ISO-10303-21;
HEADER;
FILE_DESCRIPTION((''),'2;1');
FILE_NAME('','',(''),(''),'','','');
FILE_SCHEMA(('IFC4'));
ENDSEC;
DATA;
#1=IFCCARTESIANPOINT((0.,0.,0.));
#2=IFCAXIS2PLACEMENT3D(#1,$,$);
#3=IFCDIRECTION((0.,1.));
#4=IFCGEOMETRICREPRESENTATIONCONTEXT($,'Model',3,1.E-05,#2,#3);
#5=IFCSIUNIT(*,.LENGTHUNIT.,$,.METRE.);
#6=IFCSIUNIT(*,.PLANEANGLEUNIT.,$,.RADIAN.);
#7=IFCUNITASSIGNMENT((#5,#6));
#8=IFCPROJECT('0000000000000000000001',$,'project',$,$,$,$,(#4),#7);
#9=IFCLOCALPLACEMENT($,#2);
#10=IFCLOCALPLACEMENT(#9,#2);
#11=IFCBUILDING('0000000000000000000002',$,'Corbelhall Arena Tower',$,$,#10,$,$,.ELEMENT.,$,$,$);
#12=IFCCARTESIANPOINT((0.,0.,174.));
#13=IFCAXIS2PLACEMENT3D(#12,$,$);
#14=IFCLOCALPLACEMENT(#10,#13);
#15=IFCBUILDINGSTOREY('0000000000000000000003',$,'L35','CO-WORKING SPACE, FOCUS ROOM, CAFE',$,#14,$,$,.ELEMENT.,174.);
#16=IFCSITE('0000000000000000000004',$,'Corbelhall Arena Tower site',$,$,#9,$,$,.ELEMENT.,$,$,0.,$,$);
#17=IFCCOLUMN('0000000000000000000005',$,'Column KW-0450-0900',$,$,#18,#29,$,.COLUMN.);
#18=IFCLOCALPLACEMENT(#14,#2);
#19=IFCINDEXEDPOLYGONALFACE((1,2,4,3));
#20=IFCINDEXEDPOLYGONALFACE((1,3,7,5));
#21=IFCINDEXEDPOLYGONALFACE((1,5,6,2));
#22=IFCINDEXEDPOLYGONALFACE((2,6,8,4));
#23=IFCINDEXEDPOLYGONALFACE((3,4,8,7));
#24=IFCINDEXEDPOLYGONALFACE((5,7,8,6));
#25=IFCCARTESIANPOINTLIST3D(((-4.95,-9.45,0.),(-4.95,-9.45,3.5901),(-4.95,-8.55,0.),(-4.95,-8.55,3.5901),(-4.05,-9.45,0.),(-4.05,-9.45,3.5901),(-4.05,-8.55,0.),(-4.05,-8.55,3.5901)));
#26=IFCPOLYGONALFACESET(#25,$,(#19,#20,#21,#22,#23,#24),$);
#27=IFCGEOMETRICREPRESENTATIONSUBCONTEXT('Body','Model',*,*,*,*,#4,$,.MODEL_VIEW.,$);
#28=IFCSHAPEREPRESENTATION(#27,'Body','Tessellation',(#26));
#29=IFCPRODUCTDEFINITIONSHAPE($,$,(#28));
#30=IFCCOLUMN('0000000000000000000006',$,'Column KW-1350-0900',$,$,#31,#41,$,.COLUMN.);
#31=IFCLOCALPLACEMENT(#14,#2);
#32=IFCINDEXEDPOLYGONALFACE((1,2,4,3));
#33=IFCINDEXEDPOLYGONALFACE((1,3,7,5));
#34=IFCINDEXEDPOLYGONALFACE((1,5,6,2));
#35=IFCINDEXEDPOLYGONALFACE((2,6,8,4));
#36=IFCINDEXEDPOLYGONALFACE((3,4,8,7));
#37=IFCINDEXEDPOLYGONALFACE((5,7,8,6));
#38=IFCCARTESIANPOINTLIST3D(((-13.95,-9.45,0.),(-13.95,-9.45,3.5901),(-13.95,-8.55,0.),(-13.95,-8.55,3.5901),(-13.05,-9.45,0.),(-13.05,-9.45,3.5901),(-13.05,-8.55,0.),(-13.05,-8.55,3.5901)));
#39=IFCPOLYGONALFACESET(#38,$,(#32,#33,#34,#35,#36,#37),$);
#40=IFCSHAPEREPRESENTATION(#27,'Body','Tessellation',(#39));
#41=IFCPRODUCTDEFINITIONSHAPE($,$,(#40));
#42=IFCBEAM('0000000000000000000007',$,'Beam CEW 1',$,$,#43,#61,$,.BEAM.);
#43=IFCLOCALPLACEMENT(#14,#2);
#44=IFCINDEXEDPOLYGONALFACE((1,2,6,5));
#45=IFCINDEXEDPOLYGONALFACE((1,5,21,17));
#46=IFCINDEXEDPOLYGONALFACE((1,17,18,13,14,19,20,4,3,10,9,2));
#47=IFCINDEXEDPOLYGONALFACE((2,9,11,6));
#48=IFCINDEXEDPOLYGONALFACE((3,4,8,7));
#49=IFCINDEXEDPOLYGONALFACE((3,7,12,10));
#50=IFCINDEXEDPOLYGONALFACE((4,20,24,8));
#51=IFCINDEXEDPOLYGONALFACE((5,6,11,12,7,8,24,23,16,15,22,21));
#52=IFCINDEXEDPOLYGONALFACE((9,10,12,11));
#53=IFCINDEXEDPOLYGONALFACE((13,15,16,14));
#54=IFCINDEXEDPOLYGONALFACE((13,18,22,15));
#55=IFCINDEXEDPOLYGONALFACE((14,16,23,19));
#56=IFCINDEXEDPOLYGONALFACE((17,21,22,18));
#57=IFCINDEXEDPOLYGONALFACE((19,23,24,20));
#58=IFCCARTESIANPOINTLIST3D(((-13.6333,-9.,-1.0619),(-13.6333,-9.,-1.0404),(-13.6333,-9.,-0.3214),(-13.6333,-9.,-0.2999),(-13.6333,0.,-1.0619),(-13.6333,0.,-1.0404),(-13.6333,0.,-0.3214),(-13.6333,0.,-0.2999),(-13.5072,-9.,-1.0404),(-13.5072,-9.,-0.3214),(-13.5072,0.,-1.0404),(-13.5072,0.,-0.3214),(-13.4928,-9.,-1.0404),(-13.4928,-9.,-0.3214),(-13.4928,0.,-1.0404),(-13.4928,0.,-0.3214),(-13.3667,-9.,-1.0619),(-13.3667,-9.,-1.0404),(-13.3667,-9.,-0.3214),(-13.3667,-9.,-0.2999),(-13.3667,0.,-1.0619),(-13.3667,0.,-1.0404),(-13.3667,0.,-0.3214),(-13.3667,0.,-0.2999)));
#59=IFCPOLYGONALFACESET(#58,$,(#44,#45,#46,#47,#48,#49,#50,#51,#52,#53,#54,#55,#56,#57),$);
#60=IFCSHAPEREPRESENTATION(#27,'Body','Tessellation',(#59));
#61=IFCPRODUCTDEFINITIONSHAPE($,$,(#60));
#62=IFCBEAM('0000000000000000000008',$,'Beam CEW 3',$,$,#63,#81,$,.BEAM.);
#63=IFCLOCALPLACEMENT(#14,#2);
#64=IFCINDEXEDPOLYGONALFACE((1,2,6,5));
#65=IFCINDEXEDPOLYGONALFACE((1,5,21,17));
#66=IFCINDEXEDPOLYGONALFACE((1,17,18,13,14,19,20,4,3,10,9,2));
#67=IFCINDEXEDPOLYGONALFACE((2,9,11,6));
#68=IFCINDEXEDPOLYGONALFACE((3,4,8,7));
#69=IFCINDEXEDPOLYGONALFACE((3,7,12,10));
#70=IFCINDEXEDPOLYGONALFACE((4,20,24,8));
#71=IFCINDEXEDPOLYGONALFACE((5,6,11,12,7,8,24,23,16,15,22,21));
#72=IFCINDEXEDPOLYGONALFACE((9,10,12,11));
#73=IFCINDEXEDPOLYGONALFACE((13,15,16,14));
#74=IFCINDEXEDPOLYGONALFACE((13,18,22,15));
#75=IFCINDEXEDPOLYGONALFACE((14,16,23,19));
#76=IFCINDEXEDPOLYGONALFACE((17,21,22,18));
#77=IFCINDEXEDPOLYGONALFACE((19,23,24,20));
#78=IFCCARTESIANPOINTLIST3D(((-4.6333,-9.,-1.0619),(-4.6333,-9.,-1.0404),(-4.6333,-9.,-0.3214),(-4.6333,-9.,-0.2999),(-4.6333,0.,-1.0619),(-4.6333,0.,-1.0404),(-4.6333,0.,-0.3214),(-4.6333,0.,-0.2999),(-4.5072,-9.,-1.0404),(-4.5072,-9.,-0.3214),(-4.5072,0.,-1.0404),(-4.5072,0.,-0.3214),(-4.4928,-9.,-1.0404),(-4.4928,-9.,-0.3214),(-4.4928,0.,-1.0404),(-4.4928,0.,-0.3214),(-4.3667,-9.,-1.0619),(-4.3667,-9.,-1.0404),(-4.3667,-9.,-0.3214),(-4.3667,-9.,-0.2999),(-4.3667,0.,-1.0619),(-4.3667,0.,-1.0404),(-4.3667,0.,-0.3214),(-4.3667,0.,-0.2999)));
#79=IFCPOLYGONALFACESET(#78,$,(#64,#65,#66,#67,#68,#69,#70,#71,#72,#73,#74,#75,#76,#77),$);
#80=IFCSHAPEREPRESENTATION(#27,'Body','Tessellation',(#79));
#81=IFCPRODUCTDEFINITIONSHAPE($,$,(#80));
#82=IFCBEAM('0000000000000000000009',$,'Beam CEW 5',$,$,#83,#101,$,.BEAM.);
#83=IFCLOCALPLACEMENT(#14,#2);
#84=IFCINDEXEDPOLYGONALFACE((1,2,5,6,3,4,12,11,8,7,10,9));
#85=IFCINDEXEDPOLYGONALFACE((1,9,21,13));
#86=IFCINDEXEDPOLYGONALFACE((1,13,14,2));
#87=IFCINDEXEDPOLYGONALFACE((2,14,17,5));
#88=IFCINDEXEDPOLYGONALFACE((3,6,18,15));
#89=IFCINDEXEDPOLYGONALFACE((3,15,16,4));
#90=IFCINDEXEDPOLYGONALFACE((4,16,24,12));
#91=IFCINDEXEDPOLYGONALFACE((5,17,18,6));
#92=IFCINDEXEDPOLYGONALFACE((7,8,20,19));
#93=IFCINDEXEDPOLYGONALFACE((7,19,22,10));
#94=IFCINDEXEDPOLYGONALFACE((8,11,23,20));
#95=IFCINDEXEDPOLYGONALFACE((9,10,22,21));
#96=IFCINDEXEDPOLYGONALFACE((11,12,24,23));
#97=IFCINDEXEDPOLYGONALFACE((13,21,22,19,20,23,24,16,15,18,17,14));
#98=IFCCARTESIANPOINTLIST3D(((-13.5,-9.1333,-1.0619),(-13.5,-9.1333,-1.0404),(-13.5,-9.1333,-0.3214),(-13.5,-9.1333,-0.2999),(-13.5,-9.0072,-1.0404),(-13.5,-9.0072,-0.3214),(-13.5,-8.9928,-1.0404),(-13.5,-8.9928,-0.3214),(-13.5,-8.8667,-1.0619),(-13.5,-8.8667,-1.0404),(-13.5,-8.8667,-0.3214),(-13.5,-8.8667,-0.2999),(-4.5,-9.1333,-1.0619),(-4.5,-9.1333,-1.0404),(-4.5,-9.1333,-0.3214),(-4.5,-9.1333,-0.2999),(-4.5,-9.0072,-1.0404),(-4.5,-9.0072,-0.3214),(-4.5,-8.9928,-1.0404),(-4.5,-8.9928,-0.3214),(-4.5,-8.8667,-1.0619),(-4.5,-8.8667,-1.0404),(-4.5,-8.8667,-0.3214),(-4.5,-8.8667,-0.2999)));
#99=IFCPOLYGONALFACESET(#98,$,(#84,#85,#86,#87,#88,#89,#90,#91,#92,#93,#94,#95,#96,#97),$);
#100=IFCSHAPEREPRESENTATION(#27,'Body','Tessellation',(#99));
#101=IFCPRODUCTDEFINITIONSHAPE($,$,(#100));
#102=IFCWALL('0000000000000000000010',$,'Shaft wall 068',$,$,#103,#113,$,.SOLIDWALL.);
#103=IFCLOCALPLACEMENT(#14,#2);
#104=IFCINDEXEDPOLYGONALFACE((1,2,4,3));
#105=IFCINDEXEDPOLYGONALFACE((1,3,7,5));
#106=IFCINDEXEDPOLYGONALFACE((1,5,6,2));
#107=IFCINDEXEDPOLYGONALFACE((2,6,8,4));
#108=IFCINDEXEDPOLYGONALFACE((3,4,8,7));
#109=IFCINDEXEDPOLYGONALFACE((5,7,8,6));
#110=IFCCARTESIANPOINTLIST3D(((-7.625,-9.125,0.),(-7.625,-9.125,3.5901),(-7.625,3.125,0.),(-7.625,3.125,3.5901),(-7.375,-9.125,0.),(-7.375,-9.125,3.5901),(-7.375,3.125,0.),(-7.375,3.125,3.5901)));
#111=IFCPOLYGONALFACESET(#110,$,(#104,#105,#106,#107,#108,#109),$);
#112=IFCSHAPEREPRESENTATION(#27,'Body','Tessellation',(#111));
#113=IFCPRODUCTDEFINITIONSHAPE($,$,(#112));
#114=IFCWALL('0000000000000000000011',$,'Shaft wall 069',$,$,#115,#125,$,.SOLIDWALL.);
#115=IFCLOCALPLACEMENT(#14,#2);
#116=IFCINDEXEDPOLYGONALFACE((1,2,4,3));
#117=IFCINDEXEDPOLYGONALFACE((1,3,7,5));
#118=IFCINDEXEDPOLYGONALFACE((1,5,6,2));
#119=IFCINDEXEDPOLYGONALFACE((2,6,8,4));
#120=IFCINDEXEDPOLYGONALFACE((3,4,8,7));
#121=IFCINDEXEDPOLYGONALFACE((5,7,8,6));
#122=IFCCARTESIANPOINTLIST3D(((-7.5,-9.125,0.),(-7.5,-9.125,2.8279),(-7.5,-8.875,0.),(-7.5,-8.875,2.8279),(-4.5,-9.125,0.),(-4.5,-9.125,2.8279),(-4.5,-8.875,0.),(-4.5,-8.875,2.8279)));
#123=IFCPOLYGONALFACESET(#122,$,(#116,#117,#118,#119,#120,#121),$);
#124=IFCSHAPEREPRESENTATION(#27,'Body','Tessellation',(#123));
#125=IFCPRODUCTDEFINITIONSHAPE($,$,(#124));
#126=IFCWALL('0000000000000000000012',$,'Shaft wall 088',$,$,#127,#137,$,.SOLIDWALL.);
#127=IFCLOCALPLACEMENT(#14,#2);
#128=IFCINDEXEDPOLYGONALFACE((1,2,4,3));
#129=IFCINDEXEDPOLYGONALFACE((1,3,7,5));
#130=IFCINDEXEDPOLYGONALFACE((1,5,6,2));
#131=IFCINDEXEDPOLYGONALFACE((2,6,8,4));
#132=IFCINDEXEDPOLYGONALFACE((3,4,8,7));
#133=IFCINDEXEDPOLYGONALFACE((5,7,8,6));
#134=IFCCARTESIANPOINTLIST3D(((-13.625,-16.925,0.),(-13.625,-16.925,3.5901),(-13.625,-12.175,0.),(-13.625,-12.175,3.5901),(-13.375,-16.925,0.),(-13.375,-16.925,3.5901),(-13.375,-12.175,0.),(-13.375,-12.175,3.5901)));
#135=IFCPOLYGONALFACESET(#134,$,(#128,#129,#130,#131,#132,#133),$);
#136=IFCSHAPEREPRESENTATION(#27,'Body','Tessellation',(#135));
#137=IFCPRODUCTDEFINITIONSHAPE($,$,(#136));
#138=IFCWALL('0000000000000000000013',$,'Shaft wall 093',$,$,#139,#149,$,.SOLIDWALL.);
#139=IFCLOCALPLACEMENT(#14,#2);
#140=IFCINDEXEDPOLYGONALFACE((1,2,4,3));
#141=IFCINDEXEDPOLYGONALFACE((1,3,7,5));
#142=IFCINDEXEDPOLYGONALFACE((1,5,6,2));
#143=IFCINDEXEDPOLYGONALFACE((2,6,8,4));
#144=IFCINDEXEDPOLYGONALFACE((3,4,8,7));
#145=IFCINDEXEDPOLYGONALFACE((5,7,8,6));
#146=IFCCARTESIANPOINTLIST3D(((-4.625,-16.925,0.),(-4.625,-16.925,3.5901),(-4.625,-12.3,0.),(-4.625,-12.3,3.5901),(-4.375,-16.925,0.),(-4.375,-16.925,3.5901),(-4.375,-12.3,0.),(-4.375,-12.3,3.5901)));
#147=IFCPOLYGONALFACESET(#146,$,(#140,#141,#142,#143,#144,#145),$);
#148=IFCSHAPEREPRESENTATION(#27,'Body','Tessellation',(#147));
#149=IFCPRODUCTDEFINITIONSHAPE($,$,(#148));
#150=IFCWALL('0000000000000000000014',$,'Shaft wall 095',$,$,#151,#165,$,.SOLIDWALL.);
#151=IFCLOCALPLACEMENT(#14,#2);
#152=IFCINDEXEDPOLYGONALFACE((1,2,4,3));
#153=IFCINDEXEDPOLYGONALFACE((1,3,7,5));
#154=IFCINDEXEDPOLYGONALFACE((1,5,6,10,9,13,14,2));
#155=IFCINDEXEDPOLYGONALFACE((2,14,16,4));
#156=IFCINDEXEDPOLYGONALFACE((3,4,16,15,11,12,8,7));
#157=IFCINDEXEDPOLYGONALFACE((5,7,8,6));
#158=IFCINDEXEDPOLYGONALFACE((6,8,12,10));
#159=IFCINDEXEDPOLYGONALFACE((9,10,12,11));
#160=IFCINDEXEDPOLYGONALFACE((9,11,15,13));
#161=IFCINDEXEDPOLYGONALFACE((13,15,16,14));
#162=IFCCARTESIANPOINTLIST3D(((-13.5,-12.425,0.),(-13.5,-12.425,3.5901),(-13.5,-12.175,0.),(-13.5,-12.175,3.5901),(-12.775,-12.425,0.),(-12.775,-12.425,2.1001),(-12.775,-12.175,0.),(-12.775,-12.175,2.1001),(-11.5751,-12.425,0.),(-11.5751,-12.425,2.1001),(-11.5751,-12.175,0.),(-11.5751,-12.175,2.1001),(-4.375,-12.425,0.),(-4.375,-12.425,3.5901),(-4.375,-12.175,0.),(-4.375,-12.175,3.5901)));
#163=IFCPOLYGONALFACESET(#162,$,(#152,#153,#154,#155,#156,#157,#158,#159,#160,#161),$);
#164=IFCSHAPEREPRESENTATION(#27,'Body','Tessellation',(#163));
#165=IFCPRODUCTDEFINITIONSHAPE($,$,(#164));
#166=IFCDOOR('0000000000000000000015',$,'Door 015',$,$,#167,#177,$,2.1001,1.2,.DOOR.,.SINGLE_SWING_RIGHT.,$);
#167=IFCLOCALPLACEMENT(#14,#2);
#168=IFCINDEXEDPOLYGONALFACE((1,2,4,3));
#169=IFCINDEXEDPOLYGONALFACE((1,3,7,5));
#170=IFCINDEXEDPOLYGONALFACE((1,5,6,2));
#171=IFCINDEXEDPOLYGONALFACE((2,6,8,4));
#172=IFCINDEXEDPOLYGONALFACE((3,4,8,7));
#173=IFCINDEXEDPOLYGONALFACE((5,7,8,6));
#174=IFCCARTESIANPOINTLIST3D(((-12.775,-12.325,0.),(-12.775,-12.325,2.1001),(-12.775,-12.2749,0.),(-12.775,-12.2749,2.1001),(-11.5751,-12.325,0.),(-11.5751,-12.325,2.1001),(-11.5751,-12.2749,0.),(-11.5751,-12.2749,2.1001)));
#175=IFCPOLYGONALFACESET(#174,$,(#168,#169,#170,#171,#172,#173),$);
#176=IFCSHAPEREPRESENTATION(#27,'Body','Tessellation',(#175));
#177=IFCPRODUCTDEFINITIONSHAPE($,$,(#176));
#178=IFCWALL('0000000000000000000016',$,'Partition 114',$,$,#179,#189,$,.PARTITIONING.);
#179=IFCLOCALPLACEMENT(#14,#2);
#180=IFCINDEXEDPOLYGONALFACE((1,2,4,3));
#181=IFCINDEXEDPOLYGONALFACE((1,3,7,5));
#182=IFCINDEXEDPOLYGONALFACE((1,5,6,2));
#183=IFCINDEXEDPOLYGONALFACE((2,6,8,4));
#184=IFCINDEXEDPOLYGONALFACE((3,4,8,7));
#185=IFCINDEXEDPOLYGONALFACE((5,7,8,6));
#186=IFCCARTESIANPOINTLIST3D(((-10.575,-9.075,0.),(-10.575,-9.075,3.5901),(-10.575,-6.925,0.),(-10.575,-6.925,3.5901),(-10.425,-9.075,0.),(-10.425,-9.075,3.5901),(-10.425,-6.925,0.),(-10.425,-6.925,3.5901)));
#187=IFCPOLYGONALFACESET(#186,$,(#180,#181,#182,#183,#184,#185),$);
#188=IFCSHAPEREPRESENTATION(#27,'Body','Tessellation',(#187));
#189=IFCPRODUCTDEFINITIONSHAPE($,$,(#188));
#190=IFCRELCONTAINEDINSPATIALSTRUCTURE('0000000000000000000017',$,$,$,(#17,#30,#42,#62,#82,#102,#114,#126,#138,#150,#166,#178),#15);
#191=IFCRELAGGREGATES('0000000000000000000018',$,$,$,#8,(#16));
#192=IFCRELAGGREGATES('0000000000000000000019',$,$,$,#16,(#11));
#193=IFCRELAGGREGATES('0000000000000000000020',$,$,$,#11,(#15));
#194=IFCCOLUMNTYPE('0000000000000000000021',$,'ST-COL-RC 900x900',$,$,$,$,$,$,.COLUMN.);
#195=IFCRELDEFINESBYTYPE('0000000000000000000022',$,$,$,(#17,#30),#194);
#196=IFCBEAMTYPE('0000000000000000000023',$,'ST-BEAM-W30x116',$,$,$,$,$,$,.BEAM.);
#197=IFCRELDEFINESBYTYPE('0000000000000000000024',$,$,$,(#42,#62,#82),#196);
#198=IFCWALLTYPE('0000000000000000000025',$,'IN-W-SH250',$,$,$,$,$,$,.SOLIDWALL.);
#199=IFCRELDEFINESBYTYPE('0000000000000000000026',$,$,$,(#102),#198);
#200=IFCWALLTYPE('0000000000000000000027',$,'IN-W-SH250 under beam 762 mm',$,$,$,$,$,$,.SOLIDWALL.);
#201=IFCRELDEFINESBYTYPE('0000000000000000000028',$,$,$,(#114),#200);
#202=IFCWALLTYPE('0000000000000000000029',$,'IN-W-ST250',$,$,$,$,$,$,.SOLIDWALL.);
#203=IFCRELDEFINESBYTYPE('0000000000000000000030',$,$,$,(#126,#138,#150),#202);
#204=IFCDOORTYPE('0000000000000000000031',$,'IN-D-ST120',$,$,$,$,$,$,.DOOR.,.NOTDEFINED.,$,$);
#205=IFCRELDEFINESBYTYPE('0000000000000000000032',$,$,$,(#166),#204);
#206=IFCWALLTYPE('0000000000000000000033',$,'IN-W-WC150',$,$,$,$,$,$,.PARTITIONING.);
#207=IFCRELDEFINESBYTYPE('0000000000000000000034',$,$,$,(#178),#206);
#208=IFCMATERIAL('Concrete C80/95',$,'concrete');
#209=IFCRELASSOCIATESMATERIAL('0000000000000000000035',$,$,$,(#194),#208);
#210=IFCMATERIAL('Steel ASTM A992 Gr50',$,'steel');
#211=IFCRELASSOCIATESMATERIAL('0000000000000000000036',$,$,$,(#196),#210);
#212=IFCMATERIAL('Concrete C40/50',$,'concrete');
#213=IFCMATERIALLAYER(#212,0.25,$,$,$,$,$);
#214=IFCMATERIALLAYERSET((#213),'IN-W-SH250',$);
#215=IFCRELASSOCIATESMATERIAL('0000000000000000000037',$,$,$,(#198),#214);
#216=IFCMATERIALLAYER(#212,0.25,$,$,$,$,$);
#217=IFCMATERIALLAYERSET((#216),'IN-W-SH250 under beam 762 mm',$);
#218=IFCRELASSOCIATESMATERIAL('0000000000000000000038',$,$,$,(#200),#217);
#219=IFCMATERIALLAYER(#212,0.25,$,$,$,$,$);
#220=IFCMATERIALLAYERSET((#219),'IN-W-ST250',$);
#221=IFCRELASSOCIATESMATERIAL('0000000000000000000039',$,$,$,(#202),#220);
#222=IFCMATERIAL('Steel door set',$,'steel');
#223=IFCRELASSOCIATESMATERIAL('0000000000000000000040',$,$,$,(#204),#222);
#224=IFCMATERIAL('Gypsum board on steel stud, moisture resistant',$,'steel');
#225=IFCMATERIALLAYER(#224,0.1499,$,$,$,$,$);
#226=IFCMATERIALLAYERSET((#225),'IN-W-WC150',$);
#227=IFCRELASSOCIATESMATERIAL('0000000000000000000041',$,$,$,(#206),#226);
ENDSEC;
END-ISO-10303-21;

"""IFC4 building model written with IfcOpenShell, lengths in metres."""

from ifc_helpers import new_model, si_unit, direction, frame, frame_2d, origin, origin_2d, place, context, subcontext, project, spatial, rectangle, i_section, extrude, material, layer, layer_set, material_profile, profile_set, type_object, element, fill, save


model = new_model("IFC4")

# Units and contexts
model_context = context("Model", 3, precision=1e-05, world=origin(), true_north=direction((0.0, 1.0)))
body_context = subcontext(model_context, "Body", "Model", "MODEL_VIEW")
ifc_project = project(units=[si_unit("LENGTHUNIT", "METRE"), si_unit("PLANEANGLEUNIT", "RADIAN")], contexts=[model_context])

# Site, building, storey
site_placement = place(None, origin())
site = spatial("IfcSite", under=ifc_project, at=site_placement, Name="Corbelhall Arena Tower site", CompositionType="ELEMENT", RefElevation=0.0)
building_placement = place(site_placement, origin())
building = spatial("IfcBuilding", under=site, at=building_placement, Name="Corbelhall Arena Tower", CompositionType="ELEMENT")
storey_placement = place(building_placement, frame((0.0, 0.0, 174.0)))
storey = spatial("IfcBuildingStorey", under=building, at=storey_placement, Name="L35", Description="CO-WORKING SPACE, FOCUS ROOM, CAFE", CompositionType="ELEMENT", Elevation=174.0)

# Columns
ifc_material_1 = material(Name="Concrete C80/95", Category="concrete")
ifc_material_profile_1 = material_profile(ifc_material_1, rectangle(XDim=0.8999, YDim=0.8999, at=origin_2d()))
ifc_profile_set_1 = profile_set([ifc_material_profile_1], Name="Concrete C80/95")
column_type = type_object("IfcColumnType", Name="ST-COL-RC 900x900", PredefinedType="COLUMN", material=ifc_profile_set_1)
for number, where, z_axis, x_axis, name in (
    (1, (-4.5, -9.0, 0.0), (0.0, 0.0, 1.0), (1.0, 0.0, 0.0), "Column KW-0450-0900"),
    (2, (-13.5, -9.0, 0.0), (0.0, 0.0, 1.0), (1.0, 0.0, 0.0), "Column KW-1350-0900"),
):
    element("IfcColumn", number, at=place(storey_placement, frame(where, z_axis=z_axis, x_axis=x_axis)), inside=storey, type_object=column_type, Name=name, PredefinedType="COLUMN", context=body_context, shape_type="SweptSolid", body=[
        extrude(rectangle(XDim=0.8999, YDim=0.8999, at=origin_2d()), origin(), (0.0, 0.0, 1.0), 3.5901),
    ])

# Beams
ifc_material_2 = material(Name="Steel ASTM A992 Gr50", Category="steel")
ifc_material_profile_2 = material_profile(ifc_material_2, i_section(OverallWidth=0.2666, OverallDepth=0.762, WebThickness=0.0144, FlangeThickness=0.0215, at=origin_2d()))
ifc_profile_set_2 = profile_set([ifc_material_profile_2], Name="Steel ASTM A992 Gr50")
beam_type = type_object("IfcBeamType", Name="ST-BEAM-W30x116", PredefinedType="BEAM", material=ifc_profile_set_2)
for number, where, z_axis, x_axis, name in (
    (3, (-13.5, -9.0, -0.6809), (0.0, 1.0, 0.0), (-1.0, 0.0, 0.0), "Beam CEW 1"),
    (4, (-4.5, -9.0, -0.6809), (0.0, 1.0, 0.0), (-1.0, 0.0, 0.0), "Beam CEW 3"),
    (5, (-13.5, -9.0, -0.6809), (1.0, 0.0, 0.0), (0.0, 1.0, 0.0), "Beam CEW 5"),
):
    element("IfcBeam", number, at=place(storey_placement, frame(where, z_axis=z_axis, x_axis=x_axis)), inside=storey, type_object=beam_type, Name=name, PredefinedType="BEAM", context=body_context, shape_type="SweptSolid", body=[
        extrude(i_section(OverallWidth=0.2666, OverallDepth=0.762, WebThickness=0.0144, FlangeThickness=0.0215, at=origin_2d()), origin(), (0.0, 0.0, 1.0), 9.0),
    ])

# Walls
ifc_material_3 = material(Name="Concrete C40/50", Category="concrete")
ifc_layer_1 = layer(ifc_material_3, 0.25)
ifc_layer_set_1 = layer_set([ifc_layer_1], Name="IN-W-SH250")
wall_type_1 = type_object("IfcWallType", Name="IN-W-SH250", PredefinedType="SOLIDWALL", material=ifc_layer_set_1)
wall_1_placement = place(storey_placement, frame((-7.5, -9.125, 0.0), z_axis=(0.0, 0.0, 1.0), x_axis=(0.0, 1.0, 0.0)))
element("IfcWall", 6, at=wall_1_placement, inside=storey, type_object=wall_type_1, Name="Shaft wall 068", PredefinedType="SOLIDWALL", context=body_context, shape_type="SweptSolid", body=[
    extrude(rectangle(XDim=12.25, YDim=0.25, at=frame_2d((6.125, 0.0))), origin(), (0.0, 0.0, 1.0), 3.5901),
])
ifc_layer_2 = layer(ifc_material_3, 0.25)
ifc_layer_set_2 = layer_set([ifc_layer_2], Name="IN-W-SH250 under beam 762 mm")
wall_type_2 = type_object("IfcWallType", Name="IN-W-SH250 under beam 762 mm", PredefinedType="SOLIDWALL", material=ifc_layer_set_2)
wall_2_placement = place(storey_placement, frame((-4.5, -9.0, 0.0), z_axis=(0.0, 0.0, 1.0), x_axis=(-1.0, 0.0, 0.0)))
element("IfcWall", 7, at=wall_2_placement, inside=storey, type_object=wall_type_2, Name="Shaft wall 069", PredefinedType="SOLIDWALL", context=body_context, shape_type="SweptSolid", body=[
    extrude(rectangle(XDim=3.0, YDim=0.25, at=frame_2d((1.5, 0.0))), origin(), (0.0, 0.0, 1.0), 2.8279),
])
ifc_layer_3 = layer(ifc_material_3, 0.25)
ifc_layer_set_3 = layer_set([ifc_layer_3], Name="IN-W-ST250")
wall_type_3 = type_object("IfcWallType", Name="IN-W-ST250", PredefinedType="SOLIDWALL", material=ifc_layer_set_3)
wall_3_placement = place(storey_placement, frame((-13.5, -12.175, 0.0), z_axis=(0.0, 0.0, 1.0), x_axis=(0.0, -1.0, 0.0)))
element("IfcWall", 8, at=wall_3_placement, inside=storey, type_object=wall_type_3, Name="Shaft wall 088", PredefinedType="SOLIDWALL", context=body_context, shape_type="SweptSolid", body=[
    extrude(rectangle(XDim=4.75, YDim=0.25, at=frame_2d((2.375, 0.0))), origin(), (0.0, 0.0, 1.0), 3.5901),
])
wall_4_placement = place(storey_placement, frame((-4.5, -12.3, 0.0), z_axis=(0.0, 0.0, 1.0), x_axis=(0.0, -1.0, 0.0)))
element("IfcWall", 9, at=wall_4_placement, inside=storey, type_object=wall_type_3, Name="Shaft wall 093", PredefinedType="SOLIDWALL", context=body_context, shape_type="SweptSolid", body=[
    extrude(rectangle(XDim=4.625, YDim=0.25, at=frame_2d((2.3125, 0.0))), origin(), (0.0, 0.0, 1.0), 3.5901),
])

# Wall, opening, door
wall_5_placement = place(storey_placement, frame((-4.375, -12.3, 0.0), z_axis=(0.0, 0.0, 1.0), x_axis=(-1.0, 0.0, 0.0)))
wall_5 = element("IfcWall", 10, at=wall_5_placement, inside=storey, type_object=wall_type_3, Name="Shaft wall 095", PredefinedType="SOLIDWALL", context=body_context, shape_type="SweptSolid", body=[
    extrude(rectangle(XDim=9.125, YDim=0.25, at=frame_2d((4.5625, 0.0))), origin(), (0.0, 0.0, 1.0), 3.5901),
])
opening_1_placement = place(wall_5_placement, frame((7.2, 0.0, 0.0)))
opening_1 = element("IfcOpeningElement", 11, at=opening_1_placement, cuts=wall_5, PredefinedType="OPENING", context=body_context, shape_type="SweptSolid", body=[
    extrude(rectangle(XDim=1.2, YDim=2.1001, at=frame_2d((0.6001, 1.05))), frame((0.0, 0.125, 0.0), z_axis=(0.0, -1.0, 0.0), x_axis=(1.0, 0.0, 0.0)), (0.0, 0.0, 1.0), 0.25),
])
ifc_material_4 = material(Name="Steel door set", Category="steel")
door_type_1 = type_object("IfcDoorType", Name="IN-D-ST120", OperationType="NOTDEFINED", PredefinedType="DOOR", material=ifc_material_4)
door_1_placement = place(opening_1_placement, origin())
door_1 = element("IfcDoor", 12, at=door_1_placement, inside=storey, type_object=door_type_1, Name="Door 015", OperationType="SINGLE_SWING_RIGHT", OverallHeight=2.1001, OverallWidth=1.2, PredefinedType="DOOR", context=body_context, shape_type="SweptSolid", body=[
    extrude(rectangle(XDim=1.2, YDim=2.1001, at=frame_2d((0.6001, 1.05))), frame((0.0, 0.0249, 0.0), z_axis=(0.0, -1.0, 0.0), x_axis=(1.0, 0.0, 0.0)), (0.0, 0.0, 1.0), 0.05),
])
fill(opening_1, door_1)

# Wall
ifc_material_5 = material(Name="Gypsum board on steel stud, moisture resistant", Category="steel")
ifc_layer_4 = layer(ifc_material_5, 0.1499)
ifc_layer_set_4 = layer_set([ifc_layer_4], Name="IN-W-WC150")
wall_type_4 = type_object("IfcWallType", Name="IN-W-WC150", PredefinedType="PARTITIONING", material=ifc_layer_set_4)
wall_6_placement = place(storey_placement, frame((-10.5, -9.075, 0.0), z_axis=(0.0, 0.0, 1.0), x_axis=(0.0, 1.0, 0.0)))
element("IfcWall", 13, at=wall_6_placement, inside=storey, type_object=wall_type_4, Name="Partition 114", PredefinedType="PARTITIONING", context=body_context, shape_type="SweptSolid", body=[
    extrude(rectangle(XDim=2.1499, YDim=0.1499, at=frame_2d((1.075, 0.0))), origin(), (0.0, 0.0, 1.0), 3.5901),
])

save(model, "model.ifc")
